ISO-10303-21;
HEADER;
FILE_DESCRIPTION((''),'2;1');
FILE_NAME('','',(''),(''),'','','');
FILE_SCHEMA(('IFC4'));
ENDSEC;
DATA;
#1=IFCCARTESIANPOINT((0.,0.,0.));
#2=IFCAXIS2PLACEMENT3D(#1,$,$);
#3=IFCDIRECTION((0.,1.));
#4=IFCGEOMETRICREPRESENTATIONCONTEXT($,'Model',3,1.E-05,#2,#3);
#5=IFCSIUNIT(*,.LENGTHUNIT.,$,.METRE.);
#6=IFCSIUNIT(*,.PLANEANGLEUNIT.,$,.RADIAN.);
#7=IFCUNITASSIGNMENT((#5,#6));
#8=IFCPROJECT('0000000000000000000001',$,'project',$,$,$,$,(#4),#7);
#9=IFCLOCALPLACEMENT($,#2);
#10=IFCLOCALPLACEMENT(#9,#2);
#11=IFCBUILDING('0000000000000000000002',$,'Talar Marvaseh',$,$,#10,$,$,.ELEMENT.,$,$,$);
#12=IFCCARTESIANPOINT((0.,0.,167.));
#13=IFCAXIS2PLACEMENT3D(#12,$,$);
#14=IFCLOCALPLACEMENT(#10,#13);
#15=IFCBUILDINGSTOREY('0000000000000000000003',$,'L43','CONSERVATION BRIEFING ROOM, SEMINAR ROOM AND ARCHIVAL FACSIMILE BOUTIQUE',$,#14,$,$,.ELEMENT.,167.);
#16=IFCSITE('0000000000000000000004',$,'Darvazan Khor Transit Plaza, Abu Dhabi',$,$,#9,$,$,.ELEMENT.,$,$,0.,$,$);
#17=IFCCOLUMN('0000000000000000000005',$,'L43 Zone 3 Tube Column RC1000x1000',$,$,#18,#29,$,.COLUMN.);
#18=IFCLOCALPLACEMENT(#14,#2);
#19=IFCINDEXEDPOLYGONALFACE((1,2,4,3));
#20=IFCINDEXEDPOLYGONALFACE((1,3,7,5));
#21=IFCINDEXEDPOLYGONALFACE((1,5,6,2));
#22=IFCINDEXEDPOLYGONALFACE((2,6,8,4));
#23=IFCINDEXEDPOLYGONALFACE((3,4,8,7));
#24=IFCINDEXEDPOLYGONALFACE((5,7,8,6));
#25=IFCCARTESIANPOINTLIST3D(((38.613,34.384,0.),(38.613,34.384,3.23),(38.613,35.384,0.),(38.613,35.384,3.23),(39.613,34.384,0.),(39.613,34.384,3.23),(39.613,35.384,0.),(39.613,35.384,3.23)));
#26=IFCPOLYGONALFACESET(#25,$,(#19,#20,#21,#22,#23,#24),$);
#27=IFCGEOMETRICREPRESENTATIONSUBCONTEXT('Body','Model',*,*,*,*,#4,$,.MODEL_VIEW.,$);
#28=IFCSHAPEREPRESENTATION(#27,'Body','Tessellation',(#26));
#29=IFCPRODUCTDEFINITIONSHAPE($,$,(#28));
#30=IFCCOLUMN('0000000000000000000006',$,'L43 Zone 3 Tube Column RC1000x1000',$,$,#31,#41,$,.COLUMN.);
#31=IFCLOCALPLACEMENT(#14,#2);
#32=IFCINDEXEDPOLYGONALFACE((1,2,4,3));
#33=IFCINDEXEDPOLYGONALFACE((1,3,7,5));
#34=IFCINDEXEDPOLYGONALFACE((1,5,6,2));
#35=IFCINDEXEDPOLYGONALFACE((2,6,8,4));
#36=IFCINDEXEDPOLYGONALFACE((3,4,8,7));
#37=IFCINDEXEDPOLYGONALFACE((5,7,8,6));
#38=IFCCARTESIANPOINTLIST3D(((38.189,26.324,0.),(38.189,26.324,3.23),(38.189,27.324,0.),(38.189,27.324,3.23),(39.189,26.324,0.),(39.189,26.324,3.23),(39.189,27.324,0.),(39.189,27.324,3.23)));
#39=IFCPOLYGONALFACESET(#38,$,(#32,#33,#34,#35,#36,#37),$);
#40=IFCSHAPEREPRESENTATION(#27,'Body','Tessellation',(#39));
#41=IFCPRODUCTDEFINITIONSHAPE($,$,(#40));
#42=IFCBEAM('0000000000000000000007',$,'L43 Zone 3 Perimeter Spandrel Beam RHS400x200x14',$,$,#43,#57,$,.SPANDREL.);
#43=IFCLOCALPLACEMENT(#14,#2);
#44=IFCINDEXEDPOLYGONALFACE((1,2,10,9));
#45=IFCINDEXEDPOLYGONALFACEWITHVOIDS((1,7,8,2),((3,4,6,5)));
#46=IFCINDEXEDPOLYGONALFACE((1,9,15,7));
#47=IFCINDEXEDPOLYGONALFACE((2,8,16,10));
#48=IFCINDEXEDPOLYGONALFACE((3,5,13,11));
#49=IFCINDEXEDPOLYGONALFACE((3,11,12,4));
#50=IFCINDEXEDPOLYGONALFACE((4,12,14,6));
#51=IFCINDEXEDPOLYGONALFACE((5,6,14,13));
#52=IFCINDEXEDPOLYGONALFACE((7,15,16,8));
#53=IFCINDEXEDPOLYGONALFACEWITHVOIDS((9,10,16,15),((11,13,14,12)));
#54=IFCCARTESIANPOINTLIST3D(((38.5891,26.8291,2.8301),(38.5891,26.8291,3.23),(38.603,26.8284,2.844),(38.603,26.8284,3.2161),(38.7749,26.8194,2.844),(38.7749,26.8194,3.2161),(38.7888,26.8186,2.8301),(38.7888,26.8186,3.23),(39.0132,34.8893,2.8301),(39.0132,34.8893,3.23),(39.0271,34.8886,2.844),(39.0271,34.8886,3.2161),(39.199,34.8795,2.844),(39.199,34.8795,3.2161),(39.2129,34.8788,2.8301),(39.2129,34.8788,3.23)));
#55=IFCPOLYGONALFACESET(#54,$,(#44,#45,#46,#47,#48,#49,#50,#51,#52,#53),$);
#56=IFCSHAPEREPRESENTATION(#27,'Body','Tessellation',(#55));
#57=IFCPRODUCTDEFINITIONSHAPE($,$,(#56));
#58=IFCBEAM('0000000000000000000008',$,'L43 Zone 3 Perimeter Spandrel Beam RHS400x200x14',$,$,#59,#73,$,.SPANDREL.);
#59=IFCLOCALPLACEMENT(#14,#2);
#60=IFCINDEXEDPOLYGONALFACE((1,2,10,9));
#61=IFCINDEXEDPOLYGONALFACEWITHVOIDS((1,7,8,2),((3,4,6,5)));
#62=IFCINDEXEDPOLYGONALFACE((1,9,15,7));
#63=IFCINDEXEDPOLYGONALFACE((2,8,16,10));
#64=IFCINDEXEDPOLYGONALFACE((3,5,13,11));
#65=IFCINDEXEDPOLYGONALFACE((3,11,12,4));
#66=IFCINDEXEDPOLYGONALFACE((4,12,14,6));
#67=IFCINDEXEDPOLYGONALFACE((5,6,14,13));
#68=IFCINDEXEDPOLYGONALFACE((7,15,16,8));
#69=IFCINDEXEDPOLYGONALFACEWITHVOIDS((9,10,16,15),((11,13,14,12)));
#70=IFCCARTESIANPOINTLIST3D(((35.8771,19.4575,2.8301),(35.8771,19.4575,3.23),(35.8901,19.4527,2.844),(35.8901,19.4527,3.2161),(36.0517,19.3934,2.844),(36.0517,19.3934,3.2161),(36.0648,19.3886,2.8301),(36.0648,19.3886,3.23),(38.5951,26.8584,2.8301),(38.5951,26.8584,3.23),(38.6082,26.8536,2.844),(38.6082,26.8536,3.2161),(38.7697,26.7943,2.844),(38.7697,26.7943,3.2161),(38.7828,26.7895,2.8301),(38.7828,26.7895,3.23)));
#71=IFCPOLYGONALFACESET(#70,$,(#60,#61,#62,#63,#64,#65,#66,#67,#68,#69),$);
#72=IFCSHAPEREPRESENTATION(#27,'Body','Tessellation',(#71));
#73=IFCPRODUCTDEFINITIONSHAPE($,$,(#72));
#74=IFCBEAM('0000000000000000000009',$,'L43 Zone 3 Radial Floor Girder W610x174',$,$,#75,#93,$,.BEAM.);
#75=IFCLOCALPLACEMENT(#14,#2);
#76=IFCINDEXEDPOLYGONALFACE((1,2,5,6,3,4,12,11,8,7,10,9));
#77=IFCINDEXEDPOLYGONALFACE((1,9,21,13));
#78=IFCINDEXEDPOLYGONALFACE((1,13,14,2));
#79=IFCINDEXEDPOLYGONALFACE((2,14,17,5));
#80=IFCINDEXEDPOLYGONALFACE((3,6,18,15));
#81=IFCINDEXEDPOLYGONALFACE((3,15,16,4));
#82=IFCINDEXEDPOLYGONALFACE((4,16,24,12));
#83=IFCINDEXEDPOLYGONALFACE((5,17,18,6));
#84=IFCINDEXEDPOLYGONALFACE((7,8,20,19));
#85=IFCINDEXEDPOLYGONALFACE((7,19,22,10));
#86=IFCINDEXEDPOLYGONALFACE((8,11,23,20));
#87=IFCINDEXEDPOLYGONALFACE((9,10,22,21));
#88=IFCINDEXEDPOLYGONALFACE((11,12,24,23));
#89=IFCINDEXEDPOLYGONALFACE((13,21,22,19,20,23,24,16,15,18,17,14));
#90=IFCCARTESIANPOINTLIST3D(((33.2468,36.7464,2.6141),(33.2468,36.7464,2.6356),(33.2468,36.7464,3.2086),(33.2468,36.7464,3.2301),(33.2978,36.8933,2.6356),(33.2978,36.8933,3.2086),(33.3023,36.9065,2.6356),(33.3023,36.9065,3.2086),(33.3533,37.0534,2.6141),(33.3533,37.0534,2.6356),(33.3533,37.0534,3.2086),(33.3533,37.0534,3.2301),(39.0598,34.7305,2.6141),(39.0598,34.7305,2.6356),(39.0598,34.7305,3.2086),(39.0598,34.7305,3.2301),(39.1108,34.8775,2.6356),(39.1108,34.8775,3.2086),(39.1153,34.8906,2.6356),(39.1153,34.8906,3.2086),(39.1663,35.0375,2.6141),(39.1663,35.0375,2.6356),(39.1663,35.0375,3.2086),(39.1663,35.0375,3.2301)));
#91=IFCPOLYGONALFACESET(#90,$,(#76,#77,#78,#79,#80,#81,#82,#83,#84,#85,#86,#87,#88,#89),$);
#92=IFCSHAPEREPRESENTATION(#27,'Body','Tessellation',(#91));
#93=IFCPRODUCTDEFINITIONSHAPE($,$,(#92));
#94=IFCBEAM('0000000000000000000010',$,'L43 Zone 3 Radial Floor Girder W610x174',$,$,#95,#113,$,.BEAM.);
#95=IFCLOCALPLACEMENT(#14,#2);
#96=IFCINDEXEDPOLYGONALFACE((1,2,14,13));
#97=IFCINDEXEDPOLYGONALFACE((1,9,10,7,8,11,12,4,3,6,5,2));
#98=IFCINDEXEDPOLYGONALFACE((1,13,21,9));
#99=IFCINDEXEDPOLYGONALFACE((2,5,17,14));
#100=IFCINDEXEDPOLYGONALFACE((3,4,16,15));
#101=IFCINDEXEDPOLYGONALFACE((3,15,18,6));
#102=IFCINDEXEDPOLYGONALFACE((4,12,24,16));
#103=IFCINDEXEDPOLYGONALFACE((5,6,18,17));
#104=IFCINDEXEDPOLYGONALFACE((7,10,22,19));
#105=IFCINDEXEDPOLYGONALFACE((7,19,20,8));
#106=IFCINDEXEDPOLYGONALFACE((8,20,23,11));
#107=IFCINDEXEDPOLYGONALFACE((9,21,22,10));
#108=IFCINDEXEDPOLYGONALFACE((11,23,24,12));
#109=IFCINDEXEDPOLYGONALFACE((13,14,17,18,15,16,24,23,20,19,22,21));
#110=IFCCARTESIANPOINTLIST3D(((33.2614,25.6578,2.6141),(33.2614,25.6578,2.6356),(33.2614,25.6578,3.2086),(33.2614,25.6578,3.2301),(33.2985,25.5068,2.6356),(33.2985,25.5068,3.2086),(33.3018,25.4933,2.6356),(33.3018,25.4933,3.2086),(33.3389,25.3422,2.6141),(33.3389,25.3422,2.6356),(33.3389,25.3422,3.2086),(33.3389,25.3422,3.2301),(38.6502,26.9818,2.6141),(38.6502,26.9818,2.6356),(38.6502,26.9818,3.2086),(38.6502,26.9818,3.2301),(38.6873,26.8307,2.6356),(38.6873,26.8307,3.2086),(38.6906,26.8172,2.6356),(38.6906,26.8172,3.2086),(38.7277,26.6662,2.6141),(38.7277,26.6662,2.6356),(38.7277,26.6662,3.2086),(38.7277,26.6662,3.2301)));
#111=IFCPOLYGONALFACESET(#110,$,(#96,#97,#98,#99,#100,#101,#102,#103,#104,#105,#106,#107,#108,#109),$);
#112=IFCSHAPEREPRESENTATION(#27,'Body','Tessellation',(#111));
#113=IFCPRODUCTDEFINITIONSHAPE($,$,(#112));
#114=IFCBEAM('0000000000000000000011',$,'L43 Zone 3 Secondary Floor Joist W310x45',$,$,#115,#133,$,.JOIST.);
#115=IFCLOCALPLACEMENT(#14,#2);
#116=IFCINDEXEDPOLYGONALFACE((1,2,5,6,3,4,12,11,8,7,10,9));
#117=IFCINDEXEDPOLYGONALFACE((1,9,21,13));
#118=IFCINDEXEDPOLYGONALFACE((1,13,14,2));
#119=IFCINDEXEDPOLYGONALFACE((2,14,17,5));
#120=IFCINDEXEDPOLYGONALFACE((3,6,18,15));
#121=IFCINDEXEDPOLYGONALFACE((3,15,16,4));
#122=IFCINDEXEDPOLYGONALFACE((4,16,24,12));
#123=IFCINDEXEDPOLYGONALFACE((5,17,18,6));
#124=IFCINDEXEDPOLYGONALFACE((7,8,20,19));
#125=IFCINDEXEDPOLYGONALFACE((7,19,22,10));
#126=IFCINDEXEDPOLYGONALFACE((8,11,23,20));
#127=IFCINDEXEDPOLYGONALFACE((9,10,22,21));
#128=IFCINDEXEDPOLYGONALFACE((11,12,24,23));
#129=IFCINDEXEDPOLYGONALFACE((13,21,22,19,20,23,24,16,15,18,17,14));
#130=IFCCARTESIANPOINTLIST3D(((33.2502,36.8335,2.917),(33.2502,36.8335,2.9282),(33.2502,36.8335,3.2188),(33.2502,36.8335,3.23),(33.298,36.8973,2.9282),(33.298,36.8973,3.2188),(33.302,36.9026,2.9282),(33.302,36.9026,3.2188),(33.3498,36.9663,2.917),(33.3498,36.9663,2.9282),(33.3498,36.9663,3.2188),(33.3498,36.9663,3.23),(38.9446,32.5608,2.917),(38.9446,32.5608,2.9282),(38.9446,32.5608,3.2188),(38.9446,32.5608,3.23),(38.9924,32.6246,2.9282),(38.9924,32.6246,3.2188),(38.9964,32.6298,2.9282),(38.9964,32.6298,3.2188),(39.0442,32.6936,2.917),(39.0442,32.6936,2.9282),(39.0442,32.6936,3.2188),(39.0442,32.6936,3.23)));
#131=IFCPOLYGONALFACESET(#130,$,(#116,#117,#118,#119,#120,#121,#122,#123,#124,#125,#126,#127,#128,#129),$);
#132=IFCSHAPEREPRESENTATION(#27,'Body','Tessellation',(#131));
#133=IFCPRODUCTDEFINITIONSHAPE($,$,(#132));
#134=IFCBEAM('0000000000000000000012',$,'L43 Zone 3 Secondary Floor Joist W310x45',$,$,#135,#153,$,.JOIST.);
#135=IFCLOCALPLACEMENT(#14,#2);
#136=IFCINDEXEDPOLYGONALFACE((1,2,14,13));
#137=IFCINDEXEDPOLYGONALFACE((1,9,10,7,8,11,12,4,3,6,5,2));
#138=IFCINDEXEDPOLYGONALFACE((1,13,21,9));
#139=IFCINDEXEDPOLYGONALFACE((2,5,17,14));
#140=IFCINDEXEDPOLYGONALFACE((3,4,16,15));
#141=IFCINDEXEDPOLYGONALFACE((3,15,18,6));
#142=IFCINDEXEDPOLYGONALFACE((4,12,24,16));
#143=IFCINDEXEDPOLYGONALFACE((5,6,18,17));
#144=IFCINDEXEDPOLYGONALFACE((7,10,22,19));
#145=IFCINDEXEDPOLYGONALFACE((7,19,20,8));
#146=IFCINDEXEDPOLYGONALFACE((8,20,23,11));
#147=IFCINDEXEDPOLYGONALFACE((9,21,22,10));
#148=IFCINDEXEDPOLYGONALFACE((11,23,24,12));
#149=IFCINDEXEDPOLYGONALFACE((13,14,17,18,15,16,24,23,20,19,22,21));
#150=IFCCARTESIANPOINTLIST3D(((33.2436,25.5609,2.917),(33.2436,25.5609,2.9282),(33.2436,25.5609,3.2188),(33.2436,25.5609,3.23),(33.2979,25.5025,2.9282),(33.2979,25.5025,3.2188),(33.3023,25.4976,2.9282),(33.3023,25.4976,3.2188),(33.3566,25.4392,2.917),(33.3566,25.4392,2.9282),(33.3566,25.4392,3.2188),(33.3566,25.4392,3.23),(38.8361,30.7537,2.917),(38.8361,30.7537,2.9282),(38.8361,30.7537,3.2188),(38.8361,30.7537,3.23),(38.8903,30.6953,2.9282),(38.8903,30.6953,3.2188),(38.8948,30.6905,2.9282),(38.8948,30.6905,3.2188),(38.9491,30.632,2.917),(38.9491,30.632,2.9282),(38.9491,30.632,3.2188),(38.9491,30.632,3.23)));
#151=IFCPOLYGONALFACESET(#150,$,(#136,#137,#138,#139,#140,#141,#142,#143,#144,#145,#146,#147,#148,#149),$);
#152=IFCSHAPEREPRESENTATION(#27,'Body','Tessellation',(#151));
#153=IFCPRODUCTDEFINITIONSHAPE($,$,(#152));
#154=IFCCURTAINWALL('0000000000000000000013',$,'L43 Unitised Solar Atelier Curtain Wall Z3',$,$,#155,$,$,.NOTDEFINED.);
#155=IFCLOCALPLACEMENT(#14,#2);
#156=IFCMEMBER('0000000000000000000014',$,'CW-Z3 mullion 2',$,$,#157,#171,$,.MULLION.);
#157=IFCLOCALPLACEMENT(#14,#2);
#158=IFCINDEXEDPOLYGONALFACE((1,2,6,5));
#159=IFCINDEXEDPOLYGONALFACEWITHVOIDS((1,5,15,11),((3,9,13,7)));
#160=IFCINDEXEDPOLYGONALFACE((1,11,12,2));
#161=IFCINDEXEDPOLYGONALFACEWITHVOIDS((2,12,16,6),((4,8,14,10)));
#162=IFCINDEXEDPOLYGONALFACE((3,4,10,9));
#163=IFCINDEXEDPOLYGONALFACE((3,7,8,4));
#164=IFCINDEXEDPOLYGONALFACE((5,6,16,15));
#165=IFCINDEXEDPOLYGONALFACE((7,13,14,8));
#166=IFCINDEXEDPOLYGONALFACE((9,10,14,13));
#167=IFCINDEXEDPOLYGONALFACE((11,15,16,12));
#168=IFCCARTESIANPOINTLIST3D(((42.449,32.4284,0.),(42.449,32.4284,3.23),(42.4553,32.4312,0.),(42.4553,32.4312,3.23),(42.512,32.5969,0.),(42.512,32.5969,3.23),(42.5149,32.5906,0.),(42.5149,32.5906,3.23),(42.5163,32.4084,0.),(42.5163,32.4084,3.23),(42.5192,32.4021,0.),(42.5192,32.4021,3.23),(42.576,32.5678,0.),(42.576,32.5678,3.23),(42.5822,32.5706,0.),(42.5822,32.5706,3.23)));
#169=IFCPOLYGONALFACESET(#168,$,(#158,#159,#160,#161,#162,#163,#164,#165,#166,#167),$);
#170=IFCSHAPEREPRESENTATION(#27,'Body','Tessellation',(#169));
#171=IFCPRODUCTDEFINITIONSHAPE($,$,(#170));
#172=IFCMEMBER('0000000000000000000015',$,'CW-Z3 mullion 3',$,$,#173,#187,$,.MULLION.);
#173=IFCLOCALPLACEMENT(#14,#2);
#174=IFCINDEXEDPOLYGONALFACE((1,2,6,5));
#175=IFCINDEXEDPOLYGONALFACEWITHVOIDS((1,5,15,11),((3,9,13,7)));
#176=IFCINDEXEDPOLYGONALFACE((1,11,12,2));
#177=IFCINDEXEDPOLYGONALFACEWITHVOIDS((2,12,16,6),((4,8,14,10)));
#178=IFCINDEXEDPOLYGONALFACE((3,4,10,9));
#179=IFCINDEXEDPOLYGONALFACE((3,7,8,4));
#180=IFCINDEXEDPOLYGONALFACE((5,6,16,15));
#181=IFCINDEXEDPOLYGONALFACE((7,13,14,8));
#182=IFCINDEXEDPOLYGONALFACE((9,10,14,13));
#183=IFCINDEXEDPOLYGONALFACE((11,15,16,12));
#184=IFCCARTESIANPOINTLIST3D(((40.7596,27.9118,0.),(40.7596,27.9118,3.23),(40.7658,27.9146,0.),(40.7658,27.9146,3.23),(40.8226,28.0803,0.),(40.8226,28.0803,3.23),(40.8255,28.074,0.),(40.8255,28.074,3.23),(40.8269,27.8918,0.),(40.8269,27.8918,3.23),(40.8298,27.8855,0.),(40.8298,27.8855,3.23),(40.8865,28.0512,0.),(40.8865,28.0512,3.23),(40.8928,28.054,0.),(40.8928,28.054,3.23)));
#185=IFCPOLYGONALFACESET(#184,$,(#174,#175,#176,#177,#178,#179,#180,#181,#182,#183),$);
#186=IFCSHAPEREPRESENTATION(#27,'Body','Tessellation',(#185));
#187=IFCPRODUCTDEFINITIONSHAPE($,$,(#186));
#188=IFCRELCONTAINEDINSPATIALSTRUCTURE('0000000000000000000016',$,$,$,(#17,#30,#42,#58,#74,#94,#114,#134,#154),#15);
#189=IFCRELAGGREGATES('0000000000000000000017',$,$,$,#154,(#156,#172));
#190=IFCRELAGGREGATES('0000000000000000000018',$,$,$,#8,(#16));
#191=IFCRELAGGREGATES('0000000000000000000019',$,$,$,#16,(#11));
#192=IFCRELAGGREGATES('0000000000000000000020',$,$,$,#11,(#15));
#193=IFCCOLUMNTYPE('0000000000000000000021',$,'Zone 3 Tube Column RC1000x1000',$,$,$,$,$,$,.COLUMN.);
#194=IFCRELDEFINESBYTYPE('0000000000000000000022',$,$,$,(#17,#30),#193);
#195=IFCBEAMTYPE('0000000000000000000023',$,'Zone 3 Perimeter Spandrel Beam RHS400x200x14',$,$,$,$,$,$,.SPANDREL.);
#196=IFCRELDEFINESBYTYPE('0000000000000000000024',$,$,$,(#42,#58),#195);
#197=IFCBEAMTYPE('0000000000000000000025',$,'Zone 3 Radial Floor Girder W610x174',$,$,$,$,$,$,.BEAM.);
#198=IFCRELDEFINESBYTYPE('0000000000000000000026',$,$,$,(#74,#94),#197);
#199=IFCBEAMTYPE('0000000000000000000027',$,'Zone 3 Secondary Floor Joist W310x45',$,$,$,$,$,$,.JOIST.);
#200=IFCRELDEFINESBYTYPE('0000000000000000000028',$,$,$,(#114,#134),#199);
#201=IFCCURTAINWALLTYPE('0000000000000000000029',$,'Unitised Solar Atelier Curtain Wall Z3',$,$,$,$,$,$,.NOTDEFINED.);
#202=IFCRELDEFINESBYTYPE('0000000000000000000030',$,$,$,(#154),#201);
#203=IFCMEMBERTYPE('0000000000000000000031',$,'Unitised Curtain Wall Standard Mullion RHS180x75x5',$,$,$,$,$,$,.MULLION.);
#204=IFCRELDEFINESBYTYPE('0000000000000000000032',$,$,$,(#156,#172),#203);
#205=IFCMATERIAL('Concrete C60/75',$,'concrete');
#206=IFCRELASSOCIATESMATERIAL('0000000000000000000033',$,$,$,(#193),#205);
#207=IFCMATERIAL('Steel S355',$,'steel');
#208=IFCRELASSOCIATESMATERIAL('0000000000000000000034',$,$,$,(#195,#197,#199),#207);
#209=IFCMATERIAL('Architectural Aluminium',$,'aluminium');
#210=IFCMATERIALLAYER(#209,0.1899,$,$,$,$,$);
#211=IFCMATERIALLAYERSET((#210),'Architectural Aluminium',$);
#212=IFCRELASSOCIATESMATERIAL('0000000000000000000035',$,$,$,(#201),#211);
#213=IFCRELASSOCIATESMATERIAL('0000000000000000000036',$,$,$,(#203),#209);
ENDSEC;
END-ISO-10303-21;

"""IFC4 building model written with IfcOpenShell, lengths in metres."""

from ifc_helpers import new_model, si_unit, direction, frame, origin, origin_2d, place, context, subcontext, project, spatial, rectangle, hollow_rectangle, i_section, extrude, source, transform, mapped, material, layer, layer_set, material_profile, profile_set, type_object, type_shapes, element, aggregate, save


model = new_model("IFC4")

# Units and contexts
model_context = context("Model", 3, precision=1e-05, world=origin(), true_north=direction((0.0, 1.0)))
body_context = subcontext(model_context, "Body", "Model", "MODEL_VIEW")
ifc_project = project(units=[si_unit("LENGTHUNIT", "METRE"), si_unit("PLANEANGLEUNIT", "RADIAN")], contexts=[model_context])

# Site, building, storey
site_placement = place(None, origin())
site = spatial("IfcSite", under=ifc_project, at=site_placement, Name="Darvazan Khor Transit Plaza, Abu Dhabi", CompositionType="ELEMENT", RefElevation=0.0)
building_placement = place(site_placement, origin())
building = spatial("IfcBuilding", under=site, at=building_placement, Name="Talar Marvaseh", CompositionType="ELEMENT")
storey_placement = place(building_placement, frame((0.0, 0.0, 167.0)))
storey = spatial("IfcBuildingStorey", under=building, at=storey_placement, Name="L43", Description="CONSERVATION BRIEFING ROOM, SEMINAR ROOM AND ARCHIVAL FACSIMILE BOUTIQUE", CompositionType="ELEMENT", Elevation=167.0)

# Columns
ifc_material_1 = material(Name="Concrete C60/75", Category="concrete")
ifc_material_profile_1 = material_profile(ifc_material_1, rectangle(XDim=1.0, YDim=1.0, at=origin_2d()), Name="RC1000x1000")
ifc_profile_set_1 = profile_set([ifc_material_profile_1], Name="Concrete C60/75")
column_type = type_object("IfcColumnType", Name="Zone 3 Tube Column RC1000x1000", PredefinedType="COLUMN", material=ifc_profile_set_1)
for number, where, z_axis, x_axis, name in (
    (1, (39.113, 34.884, 0.0), (0.0, 0.0, 1.0), (1.0, 0.0, 0.0), "L43 Zone 3 Tube Column RC1000x1000"),
    (2, (38.689, 26.824, 0.0), (0.0, 0.0, 1.0), (1.0, 0.0, 0.0), "L43 Zone 3 Tube Column RC1000x1000"),
):
    element("IfcColumn", number, at=place(storey_placement, frame(where, z_axis=z_axis, x_axis=x_axis)), inside=storey, type_object=column_type, Name=name, PredefinedType="COLUMN", context=body_context, shape_type="SweptSolid", body=[
        extrude(rectangle(XDim=1.0, YDim=1.0, at=origin_2d()), origin(), (0.0, 0.0, 1.0), 3.23),
    ])

# Beams
ifc_material_2 = material(Name="Steel S355", Category="steel")
ifc_material_profile_2 = material_profile(ifc_material_2, hollow_rectangle(XDim=0.2, YDim=0.3999, WallThickness=0.0139, at=origin_2d()), Name="RHS400x200x14")
ifc_profile_set_2 = profile_set([ifc_material_profile_2], Name="Steel S355")
beam_type_1 = type_object("IfcBeamType", Name="Zone 3 Perimeter Spandrel Beam RHS400x200x14", PredefinedType="SPANDREL", material=ifc_profile_set_2)
beam_1_placement = place(storey_placement, frame((39.113, 34.884, 3.03), z_axis=(-0.052541, -0.998619, 0.0), x_axis=(0.998619, -0.052541, 0.0)))
element("IfcBeam", 3, at=beam_1_placement, inside=storey, type_object=beam_type_1, Name="L43 Zone 3 Perimeter Spandrel Beam RHS400x200x14", PredefinedType="SPANDREL", context=body_context, shape_type="SweptSolid", body=[
    extrude(hollow_rectangle(XDim=0.2, YDim=0.3999, WallThickness=0.0139, at=origin_2d()), origin(), (0.0, 0.0, 1.0), 8.0713),
])
beam_2_placement = place(storey_placement, frame((38.689, 26.824, 3.03), z_axis=(-0.344742, -0.938697, 0.0), x_axis=(0.938697, -0.344742, 0.0)))
element("IfcBeam", 4, at=beam_2_placement, inside=storey, type_object=beam_type_1, Name="L43 Zone 3 Perimeter Spandrel Beam RHS400x200x14", PredefinedType="SPANDREL", context=body_context, shape_type="SweptSolid", body=[
    extrude(hollow_rectangle(XDim=0.2, YDim=0.3999, WallThickness=0.0139, at=origin_2d()), origin(), (0.0, 0.0, 1.0), 7.8843),
])
ifc_material_profile_3 = material_profile(ifc_material_2, i_section(OverallWidth=0.325, OverallDepth=0.616, WebThickness=0.0139, FlangeThickness=0.0215, at=origin_2d()), Name="W610x174")
ifc_profile_set_3 = profile_set([ifc_material_profile_3], Name="Steel S355")
beam_type_2 = type_object("IfcBeamType", Name="Zone 3 Radial Floor Girder W610x174", PredefinedType="BEAM", material=ifc_profile_set_3)
beam_3_placement = place(storey_placement, frame((39.113, 34.884, 2.9221), z_axis=(-0.944801, 0.327645, 0.0), x_axis=(-0.327645, -0.944801, 0.0)))
element("IfcBeam", 5, at=beam_3_placement, inside=storey, type_object=beam_type_2, Name="L43 Zone 3 Radial Floor Girder W610x174", PredefinedType="BEAM", context=body_context, shape_type="SweptSolid", body=[
    extrude(i_section(OverallWidth=0.325, OverallDepth=0.616, WebThickness=0.0139, FlangeThickness=0.0215, at=origin_2d()), origin(), (0.0, 0.0, 1.0), 6.1526),
])
beam_4_placement = place(storey_placement, frame((38.689, 26.824, 2.9221), z_axis=(-0.971121, -0.23859, 0.0), x_axis=(0.23859, -0.971121, 0.0)))
element("IfcBeam", 6, at=beam_4_placement, inside=storey, type_object=beam_type_2, Name="L43 Zone 3 Radial Floor Girder W610x174", PredefinedType="BEAM", context=body_context, shape_type="SweptSolid", body=[
    extrude(i_section(OverallWidth=0.325, OverallDepth=0.616, WebThickness=0.0139, FlangeThickness=0.0215, at=origin_2d()), origin(), (0.0, 0.0, 1.0), 5.5491),
])
ifc_material_profile_4 = material_profile(ifc_material_2, i_section(OverallWidth=0.166, OverallDepth=0.313, WebThickness=0.0066, FlangeThickness=0.0112, at=origin_2d()), Name="W310x45")
ifc_profile_set_4 = profile_set([ifc_material_profile_4], Name="Steel S355")
beam_type_3 = type_object("IfcBeamType", Name="Zone 3 Secondary Floor Joist W310x45", PredefinedType="JOIST", material=ifc_profile_set_4)
beam_5_placement = place(storey_placement, frame((38.9944, 32.6272, 3.0735), z_axis=(-0.799868, 0.600176, 0.0), x_axis=(-0.600176, -0.799868, 0.0)))
element("IfcBeam", 7, at=beam_5_placement, inside=storey, type_object=beam_type_3, Name="L43 Zone 3 Secondary Floor Joist W310x45", PredefinedType="JOIST", context=body_context, shape_type="SweptSolid", body=[
    extrude(i_section(OverallWidth=0.166, OverallDepth=0.313, WebThickness=0.0066, FlangeThickness=0.0112, at=origin_2d()), origin(), (0.0, 0.0, 1.0), 7.1191),
])
beam_6_placement = place(storey_placement, frame((38.8926, 30.6929, 3.0735), z_axis=(-0.732806, -0.680438, 0.0), x_axis=(0.680438, -0.732806, 0.0)))
element("IfcBeam", 8, at=beam_6_placement, inside=storey, type_object=beam_type_3, Name="L43 Zone 3 Secondary Floor Joist W310x45", PredefinedType="JOIST", context=body_context, shape_type="SweptSolid", body=[
    extrude(i_section(OverallWidth=0.166, OverallDepth=0.313, WebThickness=0.0066, FlangeThickness=0.0112, at=origin_2d()), origin(), (0.0, 0.0, 1.0), 7.6316),
])

# Curtain wall, members
ifc_material_3 = material(Name="Architectural Aluminium", Category="aluminium")
ifc_layer_1 = layer(ifc_material_3, 0.1899)
ifc_layer_set_1 = layer_set([ifc_layer_1], Name="Architectural Aluminium")
curtain_wall_type = type_object("IfcCurtainWallType", Name="Unitised Solar Atelier Curtain Wall Z3", PredefinedType="NOTDEFINED", material=ifc_layer_set_1)
curtain_wall_placement = place(storey_placement, origin())
curtain_wall = element("IfcCurtainWall", 9, at=curtain_wall_placement, inside=storey, type_object=curtain_wall_type, Name="L43 Unitised Solar Atelier Curtain Wall Z3", PredefinedType="NOTDEFINED")
ifc_material_profile_5 = material_profile(ifc_material_3, hollow_rectangle(XDim=0.075, YDim=0.1799, WallThickness=0.0049, at=origin_2d()), Name="RHS180x75x5")
ifc_profile_set_5 = profile_set([ifc_material_profile_5], Name="Architectural Aluminium")
member_type_1 = type_object("IfcMemberType", Name="Unitised Curtain Wall Standard Mullion RHS180x75x5", PredefinedType="MULLION", material=ifc_profile_set_5)
shared_shape_1 = source(origin(), body_context, "Body", "SweptSolid", [
    extrude(hollow_rectangle(XDim=0.075, YDim=0.1799, WallThickness=0.0049, at=origin_2d()), origin(), (0.0, 0.0, 1.0), 3.23),
])
type_shapes(member_type_1, [shared_shape_1])
member_1_placement = place(storey_placement, frame((42.5156, 32.4995, 0.0), z_axis=(0.0, 0.0, 1.0), x_axis=(0.936617, -0.350355, 0.0)))
member_1 = element("IfcMember", 10, at=member_1_placement, type_object=member_type_1, Name="CW-Z3 mullion 2", PredefinedType="MULLION", context=body_context, shape_type="MappedRepresentation", body=[
    mapped(shared_shape_1, transform((0.0, 0.0, 0.0), x_axis=(1.0, 0.0, 0.0), y_axis=(0.0, 1.0, 0.0), z_axis=(0.0, 0.0, 1.0), scale=1.0)),
])
member_2_placement = place(storey_placement, frame((40.8262, 27.9829, 0.0), z_axis=(0.0, 0.0, 1.0), x_axis=(0.936617, -0.350355, 0.0)))
member_2 = element("IfcMember", 11, at=member_2_placement, type_object=member_type_1, Name="CW-Z3 mullion 3", PredefinedType="MULLION", context=body_context, shape_type="MappedRepresentation", body=[
    mapped(shared_shape_1, transform((0.0, 0.0, 0.0), x_axis=(1.0, 0.0, 0.0), y_axis=(0.0, 1.0, 0.0), z_axis=(0.0, 0.0, 1.0), scale=1.0)),
])
aggregate(curtain_wall, [member_1, member_2])

save(model, "model.ifc")
